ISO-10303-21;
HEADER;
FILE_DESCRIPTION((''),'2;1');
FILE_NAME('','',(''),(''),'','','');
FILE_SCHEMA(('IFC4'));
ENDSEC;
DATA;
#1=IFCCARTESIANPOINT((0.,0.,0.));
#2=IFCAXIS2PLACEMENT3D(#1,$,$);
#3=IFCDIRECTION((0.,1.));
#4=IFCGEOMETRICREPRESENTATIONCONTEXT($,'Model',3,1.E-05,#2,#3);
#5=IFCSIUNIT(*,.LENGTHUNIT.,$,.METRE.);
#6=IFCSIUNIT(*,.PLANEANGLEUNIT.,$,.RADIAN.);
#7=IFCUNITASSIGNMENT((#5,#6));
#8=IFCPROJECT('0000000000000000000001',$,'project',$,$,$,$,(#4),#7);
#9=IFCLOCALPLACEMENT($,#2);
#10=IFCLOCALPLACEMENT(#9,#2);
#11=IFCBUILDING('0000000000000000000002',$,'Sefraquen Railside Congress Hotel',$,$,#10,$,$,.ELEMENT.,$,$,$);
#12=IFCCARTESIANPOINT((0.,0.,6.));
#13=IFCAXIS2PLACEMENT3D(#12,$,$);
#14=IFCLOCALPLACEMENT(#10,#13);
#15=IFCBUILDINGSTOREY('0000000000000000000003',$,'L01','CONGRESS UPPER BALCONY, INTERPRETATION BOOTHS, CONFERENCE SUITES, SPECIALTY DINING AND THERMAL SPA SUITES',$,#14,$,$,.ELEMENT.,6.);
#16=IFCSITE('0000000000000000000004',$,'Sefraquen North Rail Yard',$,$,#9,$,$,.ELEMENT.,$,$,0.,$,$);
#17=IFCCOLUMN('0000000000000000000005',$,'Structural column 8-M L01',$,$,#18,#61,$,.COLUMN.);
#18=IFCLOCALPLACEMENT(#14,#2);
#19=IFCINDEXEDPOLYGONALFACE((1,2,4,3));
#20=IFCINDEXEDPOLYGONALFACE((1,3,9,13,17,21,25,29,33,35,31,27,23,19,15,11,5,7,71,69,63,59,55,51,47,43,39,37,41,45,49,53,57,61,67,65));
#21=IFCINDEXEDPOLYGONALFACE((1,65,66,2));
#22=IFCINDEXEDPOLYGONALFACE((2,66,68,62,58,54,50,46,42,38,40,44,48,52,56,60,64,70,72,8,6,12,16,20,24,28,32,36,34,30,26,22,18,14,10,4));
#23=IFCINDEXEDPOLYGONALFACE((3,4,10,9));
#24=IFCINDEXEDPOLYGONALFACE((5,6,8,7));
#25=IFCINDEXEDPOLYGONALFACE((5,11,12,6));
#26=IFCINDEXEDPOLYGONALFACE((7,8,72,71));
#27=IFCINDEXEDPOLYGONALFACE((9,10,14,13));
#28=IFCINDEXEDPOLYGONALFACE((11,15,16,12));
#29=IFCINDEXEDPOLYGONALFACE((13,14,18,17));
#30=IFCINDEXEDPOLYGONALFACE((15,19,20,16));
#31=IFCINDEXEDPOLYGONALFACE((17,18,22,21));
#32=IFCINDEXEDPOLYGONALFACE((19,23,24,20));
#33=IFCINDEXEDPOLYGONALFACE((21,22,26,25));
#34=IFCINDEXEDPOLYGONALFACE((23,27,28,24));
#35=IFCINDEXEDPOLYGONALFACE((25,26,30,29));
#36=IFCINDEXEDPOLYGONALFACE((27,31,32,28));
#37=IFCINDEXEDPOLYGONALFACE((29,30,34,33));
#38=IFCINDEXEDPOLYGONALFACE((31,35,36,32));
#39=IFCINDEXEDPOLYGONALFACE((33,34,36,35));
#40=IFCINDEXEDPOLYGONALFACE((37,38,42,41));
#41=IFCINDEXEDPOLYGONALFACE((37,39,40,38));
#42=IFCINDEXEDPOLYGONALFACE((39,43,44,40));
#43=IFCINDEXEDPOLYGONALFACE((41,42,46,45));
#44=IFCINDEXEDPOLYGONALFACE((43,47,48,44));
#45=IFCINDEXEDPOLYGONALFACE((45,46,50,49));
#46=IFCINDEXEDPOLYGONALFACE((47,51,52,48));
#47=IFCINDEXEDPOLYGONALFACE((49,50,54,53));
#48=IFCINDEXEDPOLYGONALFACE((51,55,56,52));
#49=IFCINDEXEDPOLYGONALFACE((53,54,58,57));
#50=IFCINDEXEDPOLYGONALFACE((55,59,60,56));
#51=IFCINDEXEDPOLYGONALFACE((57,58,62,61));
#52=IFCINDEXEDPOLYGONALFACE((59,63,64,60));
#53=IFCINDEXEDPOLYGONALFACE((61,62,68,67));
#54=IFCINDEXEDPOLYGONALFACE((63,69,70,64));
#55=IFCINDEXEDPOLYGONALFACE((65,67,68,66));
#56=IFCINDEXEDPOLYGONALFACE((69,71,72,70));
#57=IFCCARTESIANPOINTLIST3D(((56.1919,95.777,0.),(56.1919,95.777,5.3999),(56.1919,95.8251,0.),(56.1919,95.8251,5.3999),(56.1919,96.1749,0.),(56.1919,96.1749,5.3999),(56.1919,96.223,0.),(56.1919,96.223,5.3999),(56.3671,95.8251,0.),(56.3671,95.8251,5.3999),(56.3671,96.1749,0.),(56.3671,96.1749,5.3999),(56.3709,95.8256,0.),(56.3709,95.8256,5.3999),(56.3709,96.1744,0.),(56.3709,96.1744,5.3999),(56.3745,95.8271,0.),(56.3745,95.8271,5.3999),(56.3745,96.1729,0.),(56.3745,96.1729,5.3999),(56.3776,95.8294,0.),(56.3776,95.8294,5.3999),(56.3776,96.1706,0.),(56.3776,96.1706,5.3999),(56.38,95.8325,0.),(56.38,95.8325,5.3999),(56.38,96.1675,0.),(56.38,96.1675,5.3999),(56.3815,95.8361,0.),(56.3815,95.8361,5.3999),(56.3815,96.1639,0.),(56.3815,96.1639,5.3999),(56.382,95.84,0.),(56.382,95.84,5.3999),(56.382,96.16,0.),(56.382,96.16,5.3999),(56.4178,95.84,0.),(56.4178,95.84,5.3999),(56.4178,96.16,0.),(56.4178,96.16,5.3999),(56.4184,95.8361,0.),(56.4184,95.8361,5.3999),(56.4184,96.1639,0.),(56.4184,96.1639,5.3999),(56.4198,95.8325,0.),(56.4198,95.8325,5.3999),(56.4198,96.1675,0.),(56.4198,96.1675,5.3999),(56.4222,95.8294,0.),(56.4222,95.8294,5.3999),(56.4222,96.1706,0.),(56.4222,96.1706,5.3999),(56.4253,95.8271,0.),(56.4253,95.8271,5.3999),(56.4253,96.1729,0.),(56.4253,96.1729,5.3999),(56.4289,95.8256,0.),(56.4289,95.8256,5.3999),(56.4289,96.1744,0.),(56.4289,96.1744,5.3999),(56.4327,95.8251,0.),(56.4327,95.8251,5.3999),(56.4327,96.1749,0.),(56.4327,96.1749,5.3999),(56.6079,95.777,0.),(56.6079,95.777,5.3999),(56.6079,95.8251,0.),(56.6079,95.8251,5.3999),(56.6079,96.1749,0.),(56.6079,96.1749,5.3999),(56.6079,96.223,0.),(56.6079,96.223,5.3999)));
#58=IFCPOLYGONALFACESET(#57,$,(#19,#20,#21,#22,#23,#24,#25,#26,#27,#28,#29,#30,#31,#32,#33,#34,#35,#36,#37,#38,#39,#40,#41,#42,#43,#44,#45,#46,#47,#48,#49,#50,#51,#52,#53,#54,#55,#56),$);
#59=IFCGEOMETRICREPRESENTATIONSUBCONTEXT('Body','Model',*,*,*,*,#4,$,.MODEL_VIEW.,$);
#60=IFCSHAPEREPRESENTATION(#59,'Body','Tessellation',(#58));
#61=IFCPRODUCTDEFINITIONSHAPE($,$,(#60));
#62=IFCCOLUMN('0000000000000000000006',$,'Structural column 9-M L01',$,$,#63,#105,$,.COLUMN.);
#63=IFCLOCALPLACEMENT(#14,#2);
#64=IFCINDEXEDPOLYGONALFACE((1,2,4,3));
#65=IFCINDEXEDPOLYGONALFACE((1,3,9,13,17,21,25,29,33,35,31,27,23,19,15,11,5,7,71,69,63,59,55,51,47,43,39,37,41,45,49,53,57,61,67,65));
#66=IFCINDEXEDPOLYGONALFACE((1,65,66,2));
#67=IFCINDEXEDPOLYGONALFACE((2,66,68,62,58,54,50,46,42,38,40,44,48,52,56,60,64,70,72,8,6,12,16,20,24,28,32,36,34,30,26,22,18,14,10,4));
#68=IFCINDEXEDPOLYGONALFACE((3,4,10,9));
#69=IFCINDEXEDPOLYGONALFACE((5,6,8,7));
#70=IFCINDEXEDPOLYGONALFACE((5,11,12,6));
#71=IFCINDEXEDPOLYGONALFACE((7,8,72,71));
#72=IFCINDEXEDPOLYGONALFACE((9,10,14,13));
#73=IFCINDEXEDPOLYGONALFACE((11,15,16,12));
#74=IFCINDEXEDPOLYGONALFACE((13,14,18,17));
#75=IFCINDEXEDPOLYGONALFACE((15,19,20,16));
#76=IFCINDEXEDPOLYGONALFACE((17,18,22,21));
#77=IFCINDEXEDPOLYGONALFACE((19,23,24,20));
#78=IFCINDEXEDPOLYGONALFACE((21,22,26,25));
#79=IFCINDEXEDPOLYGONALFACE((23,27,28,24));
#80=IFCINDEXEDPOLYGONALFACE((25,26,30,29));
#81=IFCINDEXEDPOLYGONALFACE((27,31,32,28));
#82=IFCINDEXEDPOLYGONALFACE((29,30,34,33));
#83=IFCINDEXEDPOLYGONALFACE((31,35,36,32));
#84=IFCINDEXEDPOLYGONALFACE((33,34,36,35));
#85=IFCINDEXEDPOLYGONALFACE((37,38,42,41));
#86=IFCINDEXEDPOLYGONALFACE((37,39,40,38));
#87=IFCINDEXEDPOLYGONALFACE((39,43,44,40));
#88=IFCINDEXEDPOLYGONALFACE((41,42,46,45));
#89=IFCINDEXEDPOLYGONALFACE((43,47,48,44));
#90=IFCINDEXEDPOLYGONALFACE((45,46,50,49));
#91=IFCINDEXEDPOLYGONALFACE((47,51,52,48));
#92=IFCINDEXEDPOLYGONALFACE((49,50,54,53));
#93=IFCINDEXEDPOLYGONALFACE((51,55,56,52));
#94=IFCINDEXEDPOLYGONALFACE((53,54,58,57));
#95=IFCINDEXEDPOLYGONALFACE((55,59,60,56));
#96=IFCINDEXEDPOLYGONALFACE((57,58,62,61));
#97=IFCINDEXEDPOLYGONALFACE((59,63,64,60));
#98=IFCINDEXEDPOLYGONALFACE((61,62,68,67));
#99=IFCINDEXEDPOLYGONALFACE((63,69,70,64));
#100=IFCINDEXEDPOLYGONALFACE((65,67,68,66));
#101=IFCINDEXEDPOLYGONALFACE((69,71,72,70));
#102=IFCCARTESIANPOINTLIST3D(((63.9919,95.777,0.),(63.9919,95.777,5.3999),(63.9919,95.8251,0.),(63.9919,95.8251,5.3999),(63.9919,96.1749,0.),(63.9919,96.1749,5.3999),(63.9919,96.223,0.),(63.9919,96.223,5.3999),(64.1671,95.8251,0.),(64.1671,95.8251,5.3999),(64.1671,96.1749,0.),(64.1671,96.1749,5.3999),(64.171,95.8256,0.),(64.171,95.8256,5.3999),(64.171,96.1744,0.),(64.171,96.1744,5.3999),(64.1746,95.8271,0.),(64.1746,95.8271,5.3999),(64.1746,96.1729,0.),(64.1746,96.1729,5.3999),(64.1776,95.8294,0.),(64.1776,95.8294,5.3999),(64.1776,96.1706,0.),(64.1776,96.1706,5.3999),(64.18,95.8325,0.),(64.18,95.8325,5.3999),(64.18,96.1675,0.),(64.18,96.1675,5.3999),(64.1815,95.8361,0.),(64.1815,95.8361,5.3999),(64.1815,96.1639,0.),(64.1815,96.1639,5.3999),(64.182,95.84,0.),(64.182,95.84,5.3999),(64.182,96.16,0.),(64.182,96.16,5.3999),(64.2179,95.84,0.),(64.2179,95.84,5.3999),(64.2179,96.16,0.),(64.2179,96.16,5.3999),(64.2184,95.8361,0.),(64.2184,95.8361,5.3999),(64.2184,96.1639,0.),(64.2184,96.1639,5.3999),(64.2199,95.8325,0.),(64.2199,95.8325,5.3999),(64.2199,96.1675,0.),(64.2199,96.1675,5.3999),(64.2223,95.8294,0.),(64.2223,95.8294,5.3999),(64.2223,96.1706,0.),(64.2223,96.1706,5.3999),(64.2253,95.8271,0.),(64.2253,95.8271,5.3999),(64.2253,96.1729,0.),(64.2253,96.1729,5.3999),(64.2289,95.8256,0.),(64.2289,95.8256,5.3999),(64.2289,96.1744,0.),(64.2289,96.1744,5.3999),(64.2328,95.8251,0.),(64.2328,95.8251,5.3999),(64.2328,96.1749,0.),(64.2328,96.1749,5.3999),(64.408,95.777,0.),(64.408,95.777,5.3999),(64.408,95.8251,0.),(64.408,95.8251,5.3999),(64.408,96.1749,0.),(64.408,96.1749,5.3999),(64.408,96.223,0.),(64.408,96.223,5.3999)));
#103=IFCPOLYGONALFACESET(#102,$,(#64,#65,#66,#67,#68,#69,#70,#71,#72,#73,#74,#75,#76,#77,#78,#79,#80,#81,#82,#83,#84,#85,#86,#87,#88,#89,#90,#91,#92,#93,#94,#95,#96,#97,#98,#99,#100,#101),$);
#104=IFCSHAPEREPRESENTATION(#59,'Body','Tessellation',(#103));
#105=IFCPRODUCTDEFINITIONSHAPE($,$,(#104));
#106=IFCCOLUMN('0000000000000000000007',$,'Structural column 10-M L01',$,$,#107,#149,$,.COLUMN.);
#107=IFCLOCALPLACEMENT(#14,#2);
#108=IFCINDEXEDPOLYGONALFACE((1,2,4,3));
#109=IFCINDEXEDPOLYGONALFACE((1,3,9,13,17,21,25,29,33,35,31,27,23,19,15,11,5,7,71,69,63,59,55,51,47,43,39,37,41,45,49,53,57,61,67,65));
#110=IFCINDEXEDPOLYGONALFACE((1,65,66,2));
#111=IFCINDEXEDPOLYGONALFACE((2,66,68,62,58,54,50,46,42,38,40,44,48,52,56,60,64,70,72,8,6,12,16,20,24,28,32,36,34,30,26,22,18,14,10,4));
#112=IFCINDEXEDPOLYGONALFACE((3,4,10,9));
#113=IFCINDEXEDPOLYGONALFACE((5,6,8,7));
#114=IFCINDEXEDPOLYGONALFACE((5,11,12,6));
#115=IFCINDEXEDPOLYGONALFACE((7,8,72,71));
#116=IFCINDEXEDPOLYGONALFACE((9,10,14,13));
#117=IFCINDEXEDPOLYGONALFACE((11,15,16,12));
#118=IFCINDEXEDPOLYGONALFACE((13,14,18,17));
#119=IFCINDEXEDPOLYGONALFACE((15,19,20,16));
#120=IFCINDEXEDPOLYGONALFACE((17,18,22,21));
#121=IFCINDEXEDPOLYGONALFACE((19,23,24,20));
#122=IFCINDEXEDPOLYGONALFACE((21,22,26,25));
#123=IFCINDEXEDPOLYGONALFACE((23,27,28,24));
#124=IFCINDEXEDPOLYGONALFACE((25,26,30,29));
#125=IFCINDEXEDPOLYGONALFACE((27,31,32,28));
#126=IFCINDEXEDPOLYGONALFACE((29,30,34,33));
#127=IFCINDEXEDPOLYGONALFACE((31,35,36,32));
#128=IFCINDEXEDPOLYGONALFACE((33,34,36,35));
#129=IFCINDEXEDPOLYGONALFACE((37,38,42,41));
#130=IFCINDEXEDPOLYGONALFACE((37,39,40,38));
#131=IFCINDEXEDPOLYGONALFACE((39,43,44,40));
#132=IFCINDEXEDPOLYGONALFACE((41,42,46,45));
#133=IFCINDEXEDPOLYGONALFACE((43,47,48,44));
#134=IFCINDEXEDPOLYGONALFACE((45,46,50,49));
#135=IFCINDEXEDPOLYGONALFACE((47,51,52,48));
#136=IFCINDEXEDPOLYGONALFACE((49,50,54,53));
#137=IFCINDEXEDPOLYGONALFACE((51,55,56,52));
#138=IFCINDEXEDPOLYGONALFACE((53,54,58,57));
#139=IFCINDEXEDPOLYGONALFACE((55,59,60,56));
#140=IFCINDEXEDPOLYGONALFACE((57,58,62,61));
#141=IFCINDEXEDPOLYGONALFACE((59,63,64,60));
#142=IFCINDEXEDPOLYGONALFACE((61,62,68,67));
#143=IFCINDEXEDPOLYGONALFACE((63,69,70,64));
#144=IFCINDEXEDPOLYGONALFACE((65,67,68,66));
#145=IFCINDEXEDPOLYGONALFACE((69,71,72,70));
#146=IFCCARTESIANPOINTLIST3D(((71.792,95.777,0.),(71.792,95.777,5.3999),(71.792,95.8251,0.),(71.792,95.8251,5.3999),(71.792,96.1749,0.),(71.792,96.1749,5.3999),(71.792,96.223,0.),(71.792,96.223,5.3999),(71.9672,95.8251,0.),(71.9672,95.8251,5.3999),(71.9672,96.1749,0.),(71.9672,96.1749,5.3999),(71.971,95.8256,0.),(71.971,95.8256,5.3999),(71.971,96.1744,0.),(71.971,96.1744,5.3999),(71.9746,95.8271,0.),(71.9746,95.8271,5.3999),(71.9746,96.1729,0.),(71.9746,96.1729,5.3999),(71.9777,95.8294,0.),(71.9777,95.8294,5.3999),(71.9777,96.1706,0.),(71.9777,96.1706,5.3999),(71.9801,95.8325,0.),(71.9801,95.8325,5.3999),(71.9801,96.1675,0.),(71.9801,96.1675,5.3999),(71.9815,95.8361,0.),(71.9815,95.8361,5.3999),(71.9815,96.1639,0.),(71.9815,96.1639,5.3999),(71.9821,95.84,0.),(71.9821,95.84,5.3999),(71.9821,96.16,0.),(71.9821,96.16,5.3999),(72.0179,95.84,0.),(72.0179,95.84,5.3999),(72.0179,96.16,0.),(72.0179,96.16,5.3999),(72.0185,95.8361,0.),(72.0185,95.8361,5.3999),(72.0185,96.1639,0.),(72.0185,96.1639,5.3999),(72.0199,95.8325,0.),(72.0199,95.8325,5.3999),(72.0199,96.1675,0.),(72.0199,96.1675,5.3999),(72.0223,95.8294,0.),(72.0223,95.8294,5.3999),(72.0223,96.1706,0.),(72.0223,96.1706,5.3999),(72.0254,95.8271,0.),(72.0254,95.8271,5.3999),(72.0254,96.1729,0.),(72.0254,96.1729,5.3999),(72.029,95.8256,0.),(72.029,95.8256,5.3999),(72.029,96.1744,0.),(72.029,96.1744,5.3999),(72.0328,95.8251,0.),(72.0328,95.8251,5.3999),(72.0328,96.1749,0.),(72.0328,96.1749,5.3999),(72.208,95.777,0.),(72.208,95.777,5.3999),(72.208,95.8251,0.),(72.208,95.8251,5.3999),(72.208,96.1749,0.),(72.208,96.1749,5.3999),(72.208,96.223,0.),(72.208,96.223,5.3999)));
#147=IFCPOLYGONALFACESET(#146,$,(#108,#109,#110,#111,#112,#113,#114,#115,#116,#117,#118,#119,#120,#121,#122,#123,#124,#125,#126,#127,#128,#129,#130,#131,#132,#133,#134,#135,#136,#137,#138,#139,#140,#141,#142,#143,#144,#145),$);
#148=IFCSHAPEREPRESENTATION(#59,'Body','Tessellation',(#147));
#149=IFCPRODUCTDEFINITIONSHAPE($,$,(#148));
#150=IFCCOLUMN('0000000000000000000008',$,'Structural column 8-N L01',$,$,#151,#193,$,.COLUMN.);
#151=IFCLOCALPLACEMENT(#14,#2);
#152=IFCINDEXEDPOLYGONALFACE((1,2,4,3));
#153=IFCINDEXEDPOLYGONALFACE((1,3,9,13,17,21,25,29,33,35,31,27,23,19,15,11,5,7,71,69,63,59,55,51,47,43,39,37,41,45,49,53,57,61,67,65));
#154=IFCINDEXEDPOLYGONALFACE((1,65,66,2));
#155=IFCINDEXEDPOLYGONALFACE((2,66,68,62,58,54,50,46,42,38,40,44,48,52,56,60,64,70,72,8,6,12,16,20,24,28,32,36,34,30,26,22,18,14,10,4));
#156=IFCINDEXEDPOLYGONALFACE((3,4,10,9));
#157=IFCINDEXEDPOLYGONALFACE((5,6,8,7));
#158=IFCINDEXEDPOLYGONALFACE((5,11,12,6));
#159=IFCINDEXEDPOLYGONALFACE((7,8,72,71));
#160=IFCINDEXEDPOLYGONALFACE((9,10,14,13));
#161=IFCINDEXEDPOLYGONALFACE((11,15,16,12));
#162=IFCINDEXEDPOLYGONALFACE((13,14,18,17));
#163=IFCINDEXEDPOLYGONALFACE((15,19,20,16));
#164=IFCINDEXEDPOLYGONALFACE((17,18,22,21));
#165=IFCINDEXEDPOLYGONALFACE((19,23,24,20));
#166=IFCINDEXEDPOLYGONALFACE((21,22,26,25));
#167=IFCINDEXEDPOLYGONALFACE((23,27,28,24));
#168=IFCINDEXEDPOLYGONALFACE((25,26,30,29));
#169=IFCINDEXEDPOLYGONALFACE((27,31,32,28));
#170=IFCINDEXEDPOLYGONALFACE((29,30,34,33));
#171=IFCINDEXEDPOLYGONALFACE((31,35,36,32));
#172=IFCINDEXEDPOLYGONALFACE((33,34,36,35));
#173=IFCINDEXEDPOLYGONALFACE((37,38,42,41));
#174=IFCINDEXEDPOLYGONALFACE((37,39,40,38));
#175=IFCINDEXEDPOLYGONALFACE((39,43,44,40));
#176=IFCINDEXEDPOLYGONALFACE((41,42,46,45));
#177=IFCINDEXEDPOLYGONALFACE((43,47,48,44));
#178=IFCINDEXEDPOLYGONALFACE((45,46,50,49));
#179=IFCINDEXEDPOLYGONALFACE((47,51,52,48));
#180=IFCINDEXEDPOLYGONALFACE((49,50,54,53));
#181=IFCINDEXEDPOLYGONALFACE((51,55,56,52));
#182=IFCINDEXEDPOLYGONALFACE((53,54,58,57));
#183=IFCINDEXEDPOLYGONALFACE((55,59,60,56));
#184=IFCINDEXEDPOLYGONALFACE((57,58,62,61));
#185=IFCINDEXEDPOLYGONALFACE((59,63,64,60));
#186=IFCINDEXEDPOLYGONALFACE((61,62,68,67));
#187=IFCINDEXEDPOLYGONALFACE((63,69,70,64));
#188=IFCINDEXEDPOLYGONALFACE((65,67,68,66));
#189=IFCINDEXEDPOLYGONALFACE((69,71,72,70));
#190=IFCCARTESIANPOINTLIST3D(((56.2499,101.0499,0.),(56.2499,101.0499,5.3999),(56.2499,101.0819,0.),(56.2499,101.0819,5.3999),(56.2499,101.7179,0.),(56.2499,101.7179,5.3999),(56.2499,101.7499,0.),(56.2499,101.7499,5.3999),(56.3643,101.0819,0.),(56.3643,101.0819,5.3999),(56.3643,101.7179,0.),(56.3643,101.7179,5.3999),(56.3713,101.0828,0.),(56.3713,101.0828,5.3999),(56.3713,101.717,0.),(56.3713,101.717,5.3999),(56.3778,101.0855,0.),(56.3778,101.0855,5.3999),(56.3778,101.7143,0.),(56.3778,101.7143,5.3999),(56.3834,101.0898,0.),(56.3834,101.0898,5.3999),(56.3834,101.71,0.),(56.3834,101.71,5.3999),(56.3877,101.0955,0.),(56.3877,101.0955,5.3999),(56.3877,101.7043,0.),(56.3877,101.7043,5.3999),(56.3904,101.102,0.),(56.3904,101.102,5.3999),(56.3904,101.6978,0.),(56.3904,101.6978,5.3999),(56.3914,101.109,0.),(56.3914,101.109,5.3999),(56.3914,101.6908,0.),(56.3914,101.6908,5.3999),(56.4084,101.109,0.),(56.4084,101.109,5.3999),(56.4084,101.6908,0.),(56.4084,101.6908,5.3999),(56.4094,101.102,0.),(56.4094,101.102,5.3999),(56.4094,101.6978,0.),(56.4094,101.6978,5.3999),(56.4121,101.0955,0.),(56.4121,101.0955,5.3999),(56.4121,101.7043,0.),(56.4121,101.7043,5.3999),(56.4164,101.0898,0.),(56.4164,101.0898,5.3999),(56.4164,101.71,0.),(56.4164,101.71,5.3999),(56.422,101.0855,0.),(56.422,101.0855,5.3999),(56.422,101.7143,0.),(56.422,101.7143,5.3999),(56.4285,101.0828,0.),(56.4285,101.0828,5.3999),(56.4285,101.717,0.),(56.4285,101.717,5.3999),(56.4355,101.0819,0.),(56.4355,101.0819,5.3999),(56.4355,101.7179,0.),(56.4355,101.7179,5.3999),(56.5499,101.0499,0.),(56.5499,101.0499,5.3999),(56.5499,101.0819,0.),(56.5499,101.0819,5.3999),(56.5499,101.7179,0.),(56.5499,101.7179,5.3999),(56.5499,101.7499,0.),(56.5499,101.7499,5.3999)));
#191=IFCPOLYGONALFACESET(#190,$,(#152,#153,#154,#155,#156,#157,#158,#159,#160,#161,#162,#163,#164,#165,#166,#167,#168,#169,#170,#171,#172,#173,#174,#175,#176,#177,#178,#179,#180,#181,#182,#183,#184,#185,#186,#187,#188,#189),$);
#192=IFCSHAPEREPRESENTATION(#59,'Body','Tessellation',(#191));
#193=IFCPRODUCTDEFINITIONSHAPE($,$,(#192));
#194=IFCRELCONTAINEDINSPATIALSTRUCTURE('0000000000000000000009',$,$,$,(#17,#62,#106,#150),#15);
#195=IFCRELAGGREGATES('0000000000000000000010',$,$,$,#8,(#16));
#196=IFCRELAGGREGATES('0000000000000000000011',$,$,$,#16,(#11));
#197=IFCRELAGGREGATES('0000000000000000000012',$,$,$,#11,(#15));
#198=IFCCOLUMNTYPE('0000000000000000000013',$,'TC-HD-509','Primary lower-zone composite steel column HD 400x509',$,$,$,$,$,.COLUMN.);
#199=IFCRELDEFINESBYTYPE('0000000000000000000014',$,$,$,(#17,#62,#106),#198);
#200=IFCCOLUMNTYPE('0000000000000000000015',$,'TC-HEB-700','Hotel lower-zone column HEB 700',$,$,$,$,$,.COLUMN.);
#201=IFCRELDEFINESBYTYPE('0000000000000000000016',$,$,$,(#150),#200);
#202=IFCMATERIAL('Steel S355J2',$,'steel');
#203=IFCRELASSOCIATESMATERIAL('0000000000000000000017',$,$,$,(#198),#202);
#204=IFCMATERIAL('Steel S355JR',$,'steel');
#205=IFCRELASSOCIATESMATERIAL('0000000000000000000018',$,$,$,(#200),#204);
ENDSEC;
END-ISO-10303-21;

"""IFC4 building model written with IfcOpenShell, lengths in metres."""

from ifc_helpers import new_model, si_unit, direction, frame, origin, origin_2d, place, context, subcontext, project, spatial, i_section, extrude, material, material_profile, profile_set, type_object, element, save


model = new_model("IFC4")

# Units and contexts
model_context = context("Model", 3, precision=1e-05, world=origin(), true_north=direction((0.0, 1.0)))
body_context = subcontext(model_context, "Body", "Model", "MODEL_VIEW")
ifc_project = project(units=[si_unit("LENGTHUNIT", "METRE"), si_unit("PLANEANGLEUNIT", "RADIAN")], contexts=[model_context])

# Site, building, storey
site_placement = place(None, origin())
site = spatial("IfcSite", under=ifc_project, at=site_placement, Name="Sefraquen North Rail Yard", CompositionType="ELEMENT", RefElevation=0.0)
building_placement = place(site_placement, origin())
building = spatial("IfcBuilding", under=site, at=building_placement, Name="Sefraquen Railside Congress Hotel", CompositionType="ELEMENT")
storey_placement = place(building_placement, frame((0.0, 0.0, 6.0)))
storey = spatial("IfcBuildingStorey", under=building, at=storey_placement, Name="L01", Description="CONGRESS UPPER BALCONY, INTERPRETATION BOOTHS, CONFERENCE SUITES, SPECIALTY DINING AND THERMAL SPA SUITES", CompositionType="ELEMENT", Elevation=6.0)

# Columns
ifc_material_1 = material(Name="Steel S355J2", Category="steel")
ifc_material_profile_1 = material_profile(ifc_material_1, i_section(OverallWidth=0.416, OverallDepth=0.446, WebThickness=0.0359, FlangeThickness=0.0481, FilletRadius=0.0149, at=origin_2d()), Name="HD 400x509")
ifc_profile_set_1 = profile_set([ifc_material_profile_1], Name="Steel S355J2")
column_type_1 = type_object("IfcColumnType", Name="TC-HD-509", Description="Primary lower-zone composite steel column HD 400x509", PredefinedType="COLUMN", material=ifc_profile_set_1)
for number, where, z_axis, x_axis, name in (
    (1, (56.3999, 96.0, 0.0), (0.0, 0.0, 1.0), (1.0, 0.0, 0.0), "Structural column 8-M L01"),
    (2, (64.2, 96.0, 0.0), (0.0, 0.0, 1.0), (1.0, 0.0, 0.0), "Structural column 9-M L01"),
    (3, (72.0, 96.0, 0.0), (0.0, 0.0, 1.0), (1.0, 0.0, 0.0), "Structural column 10-M L01"),
):
    element("IfcColumn", number, at=place(storey_placement, frame(where, z_axis=z_axis, x_axis=x_axis)), inside=storey, type_object=column_type_1, Name=name, PredefinedType="COLUMN", context=body_context, shape_type="SweptSolid", body=[
        extrude(i_section(OverallWidth=0.416, OverallDepth=0.446, WebThickness=0.0359, FlangeThickness=0.0481, FilletRadius=0.0149, at=origin_2d()), origin(), (0.0, 0.0, 1.0), 5.3999),
    ])
ifc_material_2 = material(Name="Steel S355JR", Category="steel")
ifc_material_profile_2 = material_profile(ifc_material_2, i_section(OverallWidth=0.3, OverallDepth=0.7, WebThickness=0.0171, FlangeThickness=0.032, FilletRadius=0.0271, at=origin_2d()), Name="HEB 700")
ifc_profile_set_2 = profile_set([ifc_material_profile_2], Name="Steel S355JR")
column_type_2 = type_object("IfcColumnType", Name="TC-HEB-700", Description="Hotel lower-zone column HEB 700", PredefinedType="COLUMN", material=ifc_profile_set_2)
column_placement = place(storey_placement, frame((56.3999, 101.3999, 0.0), z_axis=(0.0, 0.0, 1.0), x_axis=(1.0, 0.0, 0.0)))
element("IfcColumn", 4, at=column_placement, inside=storey, type_object=column_type_2, Name="Structural column 8-N L01", PredefinedType="COLUMN", context=body_context, shape_type="SweptSolid", body=[
    extrude(i_section(OverallWidth=0.3, OverallDepth=0.7, WebThickness=0.0171, FlangeThickness=0.032, FilletRadius=0.0271, at=origin_2d()), origin(), (0.0, 0.0, 1.0), 5.3999),
])

save(model, "model.ifc")
